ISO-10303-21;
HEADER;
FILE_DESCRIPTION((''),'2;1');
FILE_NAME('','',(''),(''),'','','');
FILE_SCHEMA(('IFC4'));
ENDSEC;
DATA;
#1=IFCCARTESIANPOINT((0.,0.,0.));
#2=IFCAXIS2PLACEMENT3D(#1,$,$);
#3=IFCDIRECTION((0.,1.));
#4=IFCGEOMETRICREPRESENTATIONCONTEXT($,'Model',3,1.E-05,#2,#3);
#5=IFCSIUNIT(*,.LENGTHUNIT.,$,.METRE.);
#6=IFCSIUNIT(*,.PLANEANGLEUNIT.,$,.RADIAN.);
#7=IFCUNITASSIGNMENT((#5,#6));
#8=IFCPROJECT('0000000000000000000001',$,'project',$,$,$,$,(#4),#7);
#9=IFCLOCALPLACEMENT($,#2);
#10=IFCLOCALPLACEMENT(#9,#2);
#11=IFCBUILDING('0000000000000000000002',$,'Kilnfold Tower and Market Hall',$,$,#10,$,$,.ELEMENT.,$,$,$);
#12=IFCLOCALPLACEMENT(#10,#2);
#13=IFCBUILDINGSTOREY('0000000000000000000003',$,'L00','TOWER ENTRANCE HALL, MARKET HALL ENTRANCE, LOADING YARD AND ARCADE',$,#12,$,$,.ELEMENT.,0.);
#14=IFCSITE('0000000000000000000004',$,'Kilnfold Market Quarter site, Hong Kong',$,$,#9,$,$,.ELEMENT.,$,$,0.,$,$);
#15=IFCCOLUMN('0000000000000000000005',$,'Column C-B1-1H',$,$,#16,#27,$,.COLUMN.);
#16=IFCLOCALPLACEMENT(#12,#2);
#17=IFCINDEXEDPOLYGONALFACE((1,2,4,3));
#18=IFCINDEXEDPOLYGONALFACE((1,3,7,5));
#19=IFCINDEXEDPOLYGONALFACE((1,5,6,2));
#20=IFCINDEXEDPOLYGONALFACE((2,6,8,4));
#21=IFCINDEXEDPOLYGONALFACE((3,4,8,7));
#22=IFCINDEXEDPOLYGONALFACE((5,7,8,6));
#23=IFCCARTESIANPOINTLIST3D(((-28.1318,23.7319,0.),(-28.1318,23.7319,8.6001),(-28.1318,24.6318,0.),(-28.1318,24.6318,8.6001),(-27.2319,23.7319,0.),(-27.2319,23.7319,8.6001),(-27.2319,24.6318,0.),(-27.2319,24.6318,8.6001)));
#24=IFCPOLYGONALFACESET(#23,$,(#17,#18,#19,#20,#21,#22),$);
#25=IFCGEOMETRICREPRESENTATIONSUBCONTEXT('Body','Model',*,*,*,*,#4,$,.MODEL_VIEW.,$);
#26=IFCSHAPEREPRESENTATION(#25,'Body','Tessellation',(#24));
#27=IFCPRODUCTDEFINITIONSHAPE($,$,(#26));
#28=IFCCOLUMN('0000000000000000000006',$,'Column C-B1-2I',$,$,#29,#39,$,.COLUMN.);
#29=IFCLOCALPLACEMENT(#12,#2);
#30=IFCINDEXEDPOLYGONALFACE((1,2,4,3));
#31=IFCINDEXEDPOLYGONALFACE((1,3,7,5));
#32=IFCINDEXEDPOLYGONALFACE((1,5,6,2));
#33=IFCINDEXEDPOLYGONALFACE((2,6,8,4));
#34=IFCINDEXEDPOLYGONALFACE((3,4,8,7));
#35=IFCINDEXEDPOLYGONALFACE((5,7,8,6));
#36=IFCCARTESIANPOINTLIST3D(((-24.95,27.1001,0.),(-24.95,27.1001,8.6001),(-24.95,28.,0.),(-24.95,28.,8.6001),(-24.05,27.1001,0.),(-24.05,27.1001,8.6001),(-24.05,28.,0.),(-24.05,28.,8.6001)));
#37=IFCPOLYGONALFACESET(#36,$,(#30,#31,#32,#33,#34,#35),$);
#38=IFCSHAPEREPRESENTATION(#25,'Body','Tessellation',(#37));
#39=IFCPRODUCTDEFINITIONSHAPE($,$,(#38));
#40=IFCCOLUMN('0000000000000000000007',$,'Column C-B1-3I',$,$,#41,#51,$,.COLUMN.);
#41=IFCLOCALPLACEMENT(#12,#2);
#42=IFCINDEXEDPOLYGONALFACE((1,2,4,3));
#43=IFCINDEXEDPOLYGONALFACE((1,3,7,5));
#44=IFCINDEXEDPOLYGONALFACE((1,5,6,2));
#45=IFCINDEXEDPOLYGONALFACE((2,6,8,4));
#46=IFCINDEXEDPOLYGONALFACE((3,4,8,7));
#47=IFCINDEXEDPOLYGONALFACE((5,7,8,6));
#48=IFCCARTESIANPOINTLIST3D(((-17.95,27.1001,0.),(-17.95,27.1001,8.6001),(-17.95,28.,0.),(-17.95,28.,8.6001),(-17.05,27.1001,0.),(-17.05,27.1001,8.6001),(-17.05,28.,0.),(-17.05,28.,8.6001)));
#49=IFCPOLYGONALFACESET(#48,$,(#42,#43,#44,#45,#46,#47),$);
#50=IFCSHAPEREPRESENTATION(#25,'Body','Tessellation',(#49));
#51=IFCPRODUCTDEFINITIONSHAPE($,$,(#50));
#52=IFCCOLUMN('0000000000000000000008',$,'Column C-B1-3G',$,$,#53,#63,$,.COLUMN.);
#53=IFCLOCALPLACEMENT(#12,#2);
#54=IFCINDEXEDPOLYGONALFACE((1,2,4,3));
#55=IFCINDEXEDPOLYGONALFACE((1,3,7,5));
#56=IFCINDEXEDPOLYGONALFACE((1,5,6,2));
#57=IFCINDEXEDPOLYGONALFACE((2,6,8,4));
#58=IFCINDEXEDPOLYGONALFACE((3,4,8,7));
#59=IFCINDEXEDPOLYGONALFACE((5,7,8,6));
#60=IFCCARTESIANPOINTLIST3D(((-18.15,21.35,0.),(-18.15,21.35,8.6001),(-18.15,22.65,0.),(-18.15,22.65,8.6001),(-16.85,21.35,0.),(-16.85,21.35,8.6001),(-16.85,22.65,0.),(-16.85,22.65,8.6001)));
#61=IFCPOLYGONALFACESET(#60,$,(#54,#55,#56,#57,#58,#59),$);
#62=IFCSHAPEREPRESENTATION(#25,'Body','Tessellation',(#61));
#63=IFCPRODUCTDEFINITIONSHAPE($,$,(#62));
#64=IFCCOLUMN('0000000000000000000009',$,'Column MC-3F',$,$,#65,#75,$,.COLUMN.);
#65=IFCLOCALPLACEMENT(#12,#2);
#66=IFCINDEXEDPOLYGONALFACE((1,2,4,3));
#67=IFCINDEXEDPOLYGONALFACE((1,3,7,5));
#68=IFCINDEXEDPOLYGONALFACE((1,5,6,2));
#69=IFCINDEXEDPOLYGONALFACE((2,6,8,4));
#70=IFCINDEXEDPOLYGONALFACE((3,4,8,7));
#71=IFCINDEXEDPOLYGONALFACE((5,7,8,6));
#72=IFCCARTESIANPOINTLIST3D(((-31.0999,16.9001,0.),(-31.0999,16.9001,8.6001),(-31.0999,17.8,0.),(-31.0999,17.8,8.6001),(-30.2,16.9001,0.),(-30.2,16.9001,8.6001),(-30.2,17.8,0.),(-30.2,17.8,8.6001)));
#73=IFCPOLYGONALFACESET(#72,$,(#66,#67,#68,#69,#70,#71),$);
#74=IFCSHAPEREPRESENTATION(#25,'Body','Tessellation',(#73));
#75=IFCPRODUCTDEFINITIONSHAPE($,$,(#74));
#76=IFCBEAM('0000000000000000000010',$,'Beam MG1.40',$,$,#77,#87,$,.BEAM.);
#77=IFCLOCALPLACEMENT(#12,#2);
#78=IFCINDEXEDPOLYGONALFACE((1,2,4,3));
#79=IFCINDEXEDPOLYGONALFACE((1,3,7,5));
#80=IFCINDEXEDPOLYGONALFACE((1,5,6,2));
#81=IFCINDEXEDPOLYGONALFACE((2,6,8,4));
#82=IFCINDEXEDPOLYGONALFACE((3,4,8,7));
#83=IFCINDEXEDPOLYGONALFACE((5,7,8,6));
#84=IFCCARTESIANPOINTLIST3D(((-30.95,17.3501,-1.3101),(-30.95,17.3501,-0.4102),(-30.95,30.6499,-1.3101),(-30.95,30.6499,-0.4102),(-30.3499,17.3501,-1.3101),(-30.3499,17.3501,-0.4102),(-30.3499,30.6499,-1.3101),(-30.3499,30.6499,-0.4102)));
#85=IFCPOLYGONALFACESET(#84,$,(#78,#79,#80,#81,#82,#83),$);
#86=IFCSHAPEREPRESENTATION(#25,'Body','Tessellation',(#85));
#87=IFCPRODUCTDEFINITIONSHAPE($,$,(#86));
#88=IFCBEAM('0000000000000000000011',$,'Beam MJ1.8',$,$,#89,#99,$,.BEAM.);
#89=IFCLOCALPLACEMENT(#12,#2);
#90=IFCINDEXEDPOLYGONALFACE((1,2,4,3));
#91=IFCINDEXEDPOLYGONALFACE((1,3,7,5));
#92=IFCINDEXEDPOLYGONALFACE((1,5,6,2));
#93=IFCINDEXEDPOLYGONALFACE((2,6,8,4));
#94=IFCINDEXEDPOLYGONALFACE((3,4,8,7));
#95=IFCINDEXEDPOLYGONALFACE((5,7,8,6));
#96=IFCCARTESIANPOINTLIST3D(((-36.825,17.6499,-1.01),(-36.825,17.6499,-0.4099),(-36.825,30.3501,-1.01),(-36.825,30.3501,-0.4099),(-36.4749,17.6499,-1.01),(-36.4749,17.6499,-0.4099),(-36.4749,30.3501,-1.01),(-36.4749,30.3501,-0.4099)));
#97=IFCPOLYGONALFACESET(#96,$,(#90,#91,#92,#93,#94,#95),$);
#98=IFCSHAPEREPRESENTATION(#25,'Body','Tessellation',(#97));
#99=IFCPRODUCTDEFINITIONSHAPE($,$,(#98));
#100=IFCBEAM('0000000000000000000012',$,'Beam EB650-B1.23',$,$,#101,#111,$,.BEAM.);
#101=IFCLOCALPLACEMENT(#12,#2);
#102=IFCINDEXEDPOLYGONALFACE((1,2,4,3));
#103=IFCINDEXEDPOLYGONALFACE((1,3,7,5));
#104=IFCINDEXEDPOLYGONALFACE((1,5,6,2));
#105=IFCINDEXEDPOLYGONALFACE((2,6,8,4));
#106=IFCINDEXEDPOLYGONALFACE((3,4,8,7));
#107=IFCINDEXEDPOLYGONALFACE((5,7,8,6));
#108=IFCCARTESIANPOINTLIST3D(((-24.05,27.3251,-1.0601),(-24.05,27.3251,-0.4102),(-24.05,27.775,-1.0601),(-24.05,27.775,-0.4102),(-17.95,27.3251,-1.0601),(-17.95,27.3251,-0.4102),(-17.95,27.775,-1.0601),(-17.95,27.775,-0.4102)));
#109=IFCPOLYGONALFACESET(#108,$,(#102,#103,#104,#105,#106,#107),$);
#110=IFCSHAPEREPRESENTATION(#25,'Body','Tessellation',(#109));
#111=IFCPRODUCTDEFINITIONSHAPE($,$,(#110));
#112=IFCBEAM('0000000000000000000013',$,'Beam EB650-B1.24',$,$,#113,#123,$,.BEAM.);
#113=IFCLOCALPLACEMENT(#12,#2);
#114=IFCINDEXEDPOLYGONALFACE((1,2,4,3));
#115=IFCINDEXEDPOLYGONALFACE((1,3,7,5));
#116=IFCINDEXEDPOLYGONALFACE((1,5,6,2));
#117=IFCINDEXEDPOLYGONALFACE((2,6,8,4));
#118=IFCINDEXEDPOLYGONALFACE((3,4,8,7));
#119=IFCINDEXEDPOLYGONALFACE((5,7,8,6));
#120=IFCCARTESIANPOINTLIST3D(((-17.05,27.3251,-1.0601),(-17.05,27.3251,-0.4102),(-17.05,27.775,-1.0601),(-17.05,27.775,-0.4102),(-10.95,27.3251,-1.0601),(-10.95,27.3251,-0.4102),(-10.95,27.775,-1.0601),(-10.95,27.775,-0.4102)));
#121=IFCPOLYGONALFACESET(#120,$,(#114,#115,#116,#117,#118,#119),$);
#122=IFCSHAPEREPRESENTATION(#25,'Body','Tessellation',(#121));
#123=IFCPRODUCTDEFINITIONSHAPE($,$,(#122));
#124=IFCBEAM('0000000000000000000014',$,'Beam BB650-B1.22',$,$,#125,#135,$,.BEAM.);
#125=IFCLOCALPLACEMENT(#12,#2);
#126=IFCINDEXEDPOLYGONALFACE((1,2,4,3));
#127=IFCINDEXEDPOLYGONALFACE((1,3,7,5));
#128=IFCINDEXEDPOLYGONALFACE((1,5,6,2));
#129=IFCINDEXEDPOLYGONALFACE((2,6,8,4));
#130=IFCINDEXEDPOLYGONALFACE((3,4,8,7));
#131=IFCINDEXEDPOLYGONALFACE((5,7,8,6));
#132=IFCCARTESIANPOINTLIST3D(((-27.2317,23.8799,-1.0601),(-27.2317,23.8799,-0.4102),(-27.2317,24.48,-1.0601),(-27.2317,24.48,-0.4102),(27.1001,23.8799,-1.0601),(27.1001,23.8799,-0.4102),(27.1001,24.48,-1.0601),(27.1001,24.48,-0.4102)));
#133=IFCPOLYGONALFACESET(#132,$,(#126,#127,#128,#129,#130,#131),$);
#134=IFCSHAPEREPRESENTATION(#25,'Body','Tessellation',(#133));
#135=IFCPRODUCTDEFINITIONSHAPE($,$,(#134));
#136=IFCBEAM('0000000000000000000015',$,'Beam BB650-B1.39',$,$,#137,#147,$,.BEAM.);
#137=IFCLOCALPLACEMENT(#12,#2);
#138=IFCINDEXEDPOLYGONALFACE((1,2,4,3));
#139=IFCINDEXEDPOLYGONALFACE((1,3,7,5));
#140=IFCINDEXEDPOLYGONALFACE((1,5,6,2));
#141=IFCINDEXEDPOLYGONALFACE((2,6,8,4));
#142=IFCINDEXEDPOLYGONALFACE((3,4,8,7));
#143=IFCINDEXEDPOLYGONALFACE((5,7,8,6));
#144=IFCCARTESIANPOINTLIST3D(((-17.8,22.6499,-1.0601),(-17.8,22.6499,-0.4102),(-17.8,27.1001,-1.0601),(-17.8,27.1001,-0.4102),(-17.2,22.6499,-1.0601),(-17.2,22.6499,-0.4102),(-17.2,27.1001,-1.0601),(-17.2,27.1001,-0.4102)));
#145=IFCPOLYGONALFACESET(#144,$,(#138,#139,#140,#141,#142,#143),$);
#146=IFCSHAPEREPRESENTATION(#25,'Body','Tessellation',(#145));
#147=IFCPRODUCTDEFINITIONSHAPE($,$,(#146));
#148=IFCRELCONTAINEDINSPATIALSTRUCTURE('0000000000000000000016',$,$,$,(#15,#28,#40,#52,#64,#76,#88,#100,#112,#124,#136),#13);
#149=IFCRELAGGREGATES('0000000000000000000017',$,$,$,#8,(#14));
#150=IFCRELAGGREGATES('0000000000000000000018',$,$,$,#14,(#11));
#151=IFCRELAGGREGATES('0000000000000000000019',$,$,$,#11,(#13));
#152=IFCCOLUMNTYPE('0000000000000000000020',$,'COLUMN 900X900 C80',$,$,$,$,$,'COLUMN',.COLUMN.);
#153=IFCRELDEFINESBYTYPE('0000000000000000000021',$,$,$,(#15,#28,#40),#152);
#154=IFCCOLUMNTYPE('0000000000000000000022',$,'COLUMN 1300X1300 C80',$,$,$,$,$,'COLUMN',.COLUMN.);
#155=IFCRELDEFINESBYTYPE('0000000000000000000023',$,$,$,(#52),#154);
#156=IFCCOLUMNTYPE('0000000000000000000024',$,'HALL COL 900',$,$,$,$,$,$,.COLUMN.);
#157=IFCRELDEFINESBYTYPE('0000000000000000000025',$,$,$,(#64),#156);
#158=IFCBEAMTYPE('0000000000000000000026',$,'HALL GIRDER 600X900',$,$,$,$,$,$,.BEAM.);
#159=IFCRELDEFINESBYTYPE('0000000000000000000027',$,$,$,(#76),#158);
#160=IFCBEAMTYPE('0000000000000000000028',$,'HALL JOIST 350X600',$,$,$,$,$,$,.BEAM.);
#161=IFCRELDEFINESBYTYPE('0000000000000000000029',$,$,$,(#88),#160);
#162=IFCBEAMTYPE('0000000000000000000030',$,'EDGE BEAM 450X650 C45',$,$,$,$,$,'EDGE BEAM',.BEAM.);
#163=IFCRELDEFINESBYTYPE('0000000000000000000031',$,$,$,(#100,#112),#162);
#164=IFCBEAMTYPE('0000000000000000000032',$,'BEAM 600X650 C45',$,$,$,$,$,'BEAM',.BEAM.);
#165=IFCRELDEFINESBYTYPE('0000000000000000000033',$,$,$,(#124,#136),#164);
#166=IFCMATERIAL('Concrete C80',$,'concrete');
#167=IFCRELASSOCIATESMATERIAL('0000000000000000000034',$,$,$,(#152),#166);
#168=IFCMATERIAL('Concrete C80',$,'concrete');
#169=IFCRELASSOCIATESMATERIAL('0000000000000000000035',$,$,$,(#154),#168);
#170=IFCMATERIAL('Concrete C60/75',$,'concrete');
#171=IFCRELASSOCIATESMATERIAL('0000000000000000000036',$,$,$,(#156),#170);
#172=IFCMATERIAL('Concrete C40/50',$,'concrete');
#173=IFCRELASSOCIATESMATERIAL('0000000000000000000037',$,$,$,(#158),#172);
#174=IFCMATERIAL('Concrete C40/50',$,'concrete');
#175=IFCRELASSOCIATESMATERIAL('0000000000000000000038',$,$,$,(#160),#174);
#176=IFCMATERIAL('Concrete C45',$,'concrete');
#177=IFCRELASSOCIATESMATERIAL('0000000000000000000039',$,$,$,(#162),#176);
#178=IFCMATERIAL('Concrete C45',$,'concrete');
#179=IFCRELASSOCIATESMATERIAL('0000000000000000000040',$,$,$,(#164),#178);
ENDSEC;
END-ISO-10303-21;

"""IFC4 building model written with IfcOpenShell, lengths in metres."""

from ifc_helpers import new_model, si_unit, direction, frame, origin, origin_2d, place, context, subcontext, project, spatial, rectangle, extrude, source, transform, mapped, material, material_profile, profile_set, type_object, element, save


model = new_model("IFC4")

# Units and contexts
model_context = context("Model", 3, precision=1e-05, world=origin(), true_north=direction((0.0, 1.0)))
body_context = subcontext(model_context, "Body", "Model", "MODEL_VIEW")
ifc_project = project(units=[si_unit("LENGTHUNIT", "METRE"), si_unit("PLANEANGLEUNIT", "RADIAN")], contexts=[model_context])

# Site, building, storey
site_placement = place(None, origin())
site = spatial("IfcSite", under=ifc_project, at=site_placement, Name="Kilnfold Market Quarter site, Hong Kong", CompositionType="ELEMENT", RefElevation=0.0)
building_placement = place(site_placement, origin())
building = spatial("IfcBuilding", under=site, at=building_placement, Name="Kilnfold Tower and Market Hall", CompositionType="ELEMENT")
storey_placement = place(building_placement, origin())
storey = spatial("IfcBuildingStorey", under=building, at=storey_placement, Name="L00", Description="TOWER ENTRANCE HALL, MARKET HALL ENTRANCE, LOADING YARD AND ARCADE", CompositionType="ELEMENT", Elevation=0.0)

# Columns
ifc_material_1 = material(Name="Concrete C80", Category="concrete")
ifc_material_profile_1 = material_profile(ifc_material_1, rectangle(XDim=0.8999, YDim=0.8999, at=origin_2d()), Name="RC 900x900")
ifc_profile_set_1 = profile_set([ifc_material_profile_1], Name="Concrete C80")
column_type_1 = type_object("IfcColumnType", Name="COLUMN 900X900 C80", ElementType="COLUMN", PredefinedType="COLUMN", material=ifc_profile_set_1)
shared_shape_1 = source(origin(), body_context, "Body", "SweptSolid", [
    extrude(rectangle(XDim=0.8999, YDim=0.8999, at=origin_2d()), origin(), (0.0, 0.0, 1.0), 8.6001),
])
for number, where, z_axis, x_axis, name in (
    (1, (-27.6819, 24.1819, 0.0), (0.0, 0.0, 1.0), (1.0, 0.0, 0.0), "Column C-B1-1H"),
    (2, (-24.5, 27.55, 0.0), (0.0, 0.0, 1.0), (1.0, 0.0, 0.0), "Column C-B1-2I"),
    (3, (-17.5, 27.55, 0.0), (0.0, 0.0, 1.0), (1.0, 0.0, 0.0), "Column C-B1-3I"),
):
    element("IfcColumn", number, at=place(storey_placement, frame(where, z_axis=z_axis, x_axis=x_axis)), inside=storey, type_object=column_type_1, Name=name, PredefinedType="COLUMN", context=body_context, shape_type="MappedRepresentation", body=[
        mapped(shared_shape_1, transform((0.0, 0.0, 0.0))),
    ])
ifc_material_2 = material(Name="Concrete C80", Category="concrete")
ifc_material_profile_2 = material_profile(ifc_material_2, rectangle(XDim=1.3, YDim=1.3, at=origin_2d()), Name="RC 1300x1300")
ifc_profile_set_2 = profile_set([ifc_material_profile_2], Name="Concrete C80")
column_type_2 = type_object("IfcColumnType", Name="COLUMN 1300X1300 C80", ElementType="COLUMN", PredefinedType="COLUMN", material=ifc_profile_set_2)
shared_shape_2 = source(origin(), body_context, "Body", "SweptSolid", [
    extrude(rectangle(XDim=1.3, YDim=1.3, at=origin_2d()), origin(), (0.0, 0.0, 1.0), 8.6001),
])
column_1_placement = place(storey_placement, frame((-17.5, 22.0, 0.0), z_axis=(0.0, 0.0, 1.0), x_axis=(1.0, 0.0, 0.0)))
element("IfcColumn", 4, at=column_1_placement, inside=storey, type_object=column_type_2, Name="Column C-B1-3G", PredefinedType="COLUMN", context=body_context, shape_type="MappedRepresentation", body=[
    mapped(shared_shape_2, transform((0.0, 0.0, 0.0))),
])
ifc_material_3 = material(Name="Concrete C60/75", Category="concrete")
ifc_material_profile_3 = material_profile(ifc_material_3, rectangle(XDim=0.8999, YDim=0.8999, at=origin_2d()), Name="RC 900x900")
ifc_profile_set_3 = profile_set([ifc_material_profile_3], Name="Concrete C60/75")
column_type_3 = type_object("IfcColumnType", Name="HALL COL 900", PredefinedType="COLUMN", material=ifc_profile_set_3)
shared_shape_3 = source(origin(), body_context, "Body", "SweptSolid", [
    extrude(rectangle(XDim=0.8999, YDim=0.8999, at=origin_2d()), origin(), (0.0, 0.0, 1.0), 8.6001),
])
column_2_placement = place(storey_placement, frame((-30.6499, 17.3501, 0.0), z_axis=(0.0, 0.0, 1.0), x_axis=(1.0, 0.0, 0.0)))
element("IfcColumn", 5, at=column_2_placement, inside=storey, type_object=column_type_3, Name="Column MC-3F", PredefinedType="COLUMN", context=body_context, shape_type="MappedRepresentation", body=[
    mapped(shared_shape_3, transform((0.0, 0.0, 0.0))),
])

# Beams
ifc_material_4 = material(Name="Concrete C40/50", Category="concrete")
ifc_material_profile_4 = material_profile(ifc_material_4, rectangle(XDim=0.6001, YDim=0.8999, at=origin_2d()), Name="RC 600x900")
ifc_profile_set_4 = profile_set([ifc_material_profile_4], Name="Concrete C40/50")
beam_type_1 = type_object("IfcBeamType", Name="HALL GIRDER 600X900", PredefinedType="BEAM", material=ifc_profile_set_4)
beam_1_placement = place(storey_placement, frame((-30.6499, 17.3501, -0.8601), z_axis=(0.0, 1.0, 0.0), x_axis=(-1.0, 0.0, 0.0)))
element("IfcBeam", 6, at=beam_1_placement, inside=storey, type_object=beam_type_1, Name="Beam MG1.40", PredefinedType="BEAM", context=body_context, shape_type="SweptSolid", body=[
    extrude(rectangle(XDim=0.6001, YDim=0.8999, at=origin_2d()), origin(), (0.0, 0.0, 1.0), 13.2998),
])
ifc_material_5 = material(Name="Concrete C40/50", Category="concrete")
ifc_material_profile_5 = material_profile(ifc_material_5, rectangle(XDim=0.3501, YDim=0.6001, at=origin_2d()), Name="RC 350x600")
ifc_profile_set_5 = profile_set([ifc_material_profile_5], Name="Concrete C40/50")
beam_type_2 = type_object("IfcBeamType", Name="HALL JOIST 350X600", PredefinedType="BEAM", material=ifc_profile_set_5)
beam_2_placement = place(storey_placement, frame((-36.6499, 17.6499, -0.71), z_axis=(0.0, 1.0, 0.0), x_axis=(-1.0, 0.0, 0.0)))
element("IfcBeam", 7, at=beam_2_placement, inside=storey, type_object=beam_type_2, Name="Beam MJ1.8", PredefinedType="BEAM", context=body_context, shape_type="SweptSolid", body=[
    extrude(rectangle(XDim=0.3501, YDim=0.6001, at=origin_2d()), origin(), (0.0, 0.0, 1.0), 12.7002),
])
ifc_material_6 = material(Name="Concrete C45", Category="concrete")
ifc_material_profile_6 = material_profile(ifc_material_6, rectangle(XDim=0.45, YDim=0.6499, at=origin_2d()), Name="RC 450x650")
ifc_profile_set_6 = profile_set([ifc_material_profile_6], Name="Concrete C45")
beam_type_3 = type_object("IfcBeamType", Name="EDGE BEAM 450X650 C45", ElementType="EDGE BEAM", PredefinedType="BEAM", material=ifc_profile_set_6)
shared_shape_4 = source(origin(), body_context, "Body", "SweptSolid", [
    extrude(rectangle(XDim=0.45, YDim=0.6499, at=origin_2d()), origin(), (0.0, 0.0, 1.0), 6.1001),
])
for number, where, z_axis, x_axis, name in (
    (8, (-24.05, 27.55, -0.7351), (1.0, 0.0, 0.0), (0.0, 1.0, 0.0), "Beam EB650-B1.23"),
    (9, (-17.05, 27.55, -0.7351), (1.0, 0.0, 0.0), (0.0, 1.0, 0.0), "Beam EB650-B1.24"),
):
    element("IfcBeam", number, at=place(storey_placement, frame(where, z_axis=z_axis, x_axis=x_axis)), inside=storey, type_object=beam_type_3, Name=name, PredefinedType="BEAM", context=body_context, shape_type="MappedRepresentation", body=[
        mapped(shared_shape_4, transform((0.0, 0.0, 0.0))),
    ])
ifc_material_7 = material(Name="Concrete C45", Category="concrete")
ifc_material_profile_7 = material_profile(ifc_material_7, rectangle(XDim=0.6001, YDim=0.6499, at=origin_2d()), Name="RC 600x650")
ifc_profile_set_7 = profile_set([ifc_material_profile_7], Name="Concrete C45")
beam_type_4 = type_object("IfcBeamType", Name="BEAM 600X650 C45", ElementType="BEAM", PredefinedType="BEAM", material=ifc_profile_set_7)
shared_shape_5 = source(origin(), body_context, "Body", "SweptSolid", [
    extrude(rectangle(XDim=0.6001, YDim=0.6499, at=origin_2d()), origin(), (0.0, 0.0, 1.0), 54.3318),
])
beam_3_placement = place(storey_placement, frame((-27.2317, 24.1799, -0.7351), z_axis=(1.0, 0.0, 0.0), x_axis=(0.0, 1.0, 0.0)))
element("IfcBeam", 10, at=beam_3_placement, inside=storey, type_object=beam_type_4, Name="Beam BB650-B1.22", PredefinedType="BEAM", context=body_context, shape_type="MappedRepresentation", body=[
    mapped(shared_shape_5, transform((0.0, 0.0, 0.0))),
])
shared_shape_6 = source(origin(), body_context, "Body", "SweptSolid", [
    extrude(rectangle(XDim=0.6001, YDim=0.6499, at=origin_2d()), origin(), (0.0, 0.0, 1.0), 4.4502),
])
beam_4_placement = place(storey_placement, frame((-17.5, 22.6499, -0.7351), z_axis=(0.0, 1.0, 0.0), x_axis=(-1.0, 0.0, 0.0)))
element("IfcBeam", 11, at=beam_4_placement, inside=storey, type_object=beam_type_4, Name="Beam BB650-B1.39", PredefinedType="BEAM", context=body_context, shape_type="MappedRepresentation", body=[
    mapped(shared_shape_6, transform((0.0, 0.0, 0.0))),
])

save(model, "model.ifc")
